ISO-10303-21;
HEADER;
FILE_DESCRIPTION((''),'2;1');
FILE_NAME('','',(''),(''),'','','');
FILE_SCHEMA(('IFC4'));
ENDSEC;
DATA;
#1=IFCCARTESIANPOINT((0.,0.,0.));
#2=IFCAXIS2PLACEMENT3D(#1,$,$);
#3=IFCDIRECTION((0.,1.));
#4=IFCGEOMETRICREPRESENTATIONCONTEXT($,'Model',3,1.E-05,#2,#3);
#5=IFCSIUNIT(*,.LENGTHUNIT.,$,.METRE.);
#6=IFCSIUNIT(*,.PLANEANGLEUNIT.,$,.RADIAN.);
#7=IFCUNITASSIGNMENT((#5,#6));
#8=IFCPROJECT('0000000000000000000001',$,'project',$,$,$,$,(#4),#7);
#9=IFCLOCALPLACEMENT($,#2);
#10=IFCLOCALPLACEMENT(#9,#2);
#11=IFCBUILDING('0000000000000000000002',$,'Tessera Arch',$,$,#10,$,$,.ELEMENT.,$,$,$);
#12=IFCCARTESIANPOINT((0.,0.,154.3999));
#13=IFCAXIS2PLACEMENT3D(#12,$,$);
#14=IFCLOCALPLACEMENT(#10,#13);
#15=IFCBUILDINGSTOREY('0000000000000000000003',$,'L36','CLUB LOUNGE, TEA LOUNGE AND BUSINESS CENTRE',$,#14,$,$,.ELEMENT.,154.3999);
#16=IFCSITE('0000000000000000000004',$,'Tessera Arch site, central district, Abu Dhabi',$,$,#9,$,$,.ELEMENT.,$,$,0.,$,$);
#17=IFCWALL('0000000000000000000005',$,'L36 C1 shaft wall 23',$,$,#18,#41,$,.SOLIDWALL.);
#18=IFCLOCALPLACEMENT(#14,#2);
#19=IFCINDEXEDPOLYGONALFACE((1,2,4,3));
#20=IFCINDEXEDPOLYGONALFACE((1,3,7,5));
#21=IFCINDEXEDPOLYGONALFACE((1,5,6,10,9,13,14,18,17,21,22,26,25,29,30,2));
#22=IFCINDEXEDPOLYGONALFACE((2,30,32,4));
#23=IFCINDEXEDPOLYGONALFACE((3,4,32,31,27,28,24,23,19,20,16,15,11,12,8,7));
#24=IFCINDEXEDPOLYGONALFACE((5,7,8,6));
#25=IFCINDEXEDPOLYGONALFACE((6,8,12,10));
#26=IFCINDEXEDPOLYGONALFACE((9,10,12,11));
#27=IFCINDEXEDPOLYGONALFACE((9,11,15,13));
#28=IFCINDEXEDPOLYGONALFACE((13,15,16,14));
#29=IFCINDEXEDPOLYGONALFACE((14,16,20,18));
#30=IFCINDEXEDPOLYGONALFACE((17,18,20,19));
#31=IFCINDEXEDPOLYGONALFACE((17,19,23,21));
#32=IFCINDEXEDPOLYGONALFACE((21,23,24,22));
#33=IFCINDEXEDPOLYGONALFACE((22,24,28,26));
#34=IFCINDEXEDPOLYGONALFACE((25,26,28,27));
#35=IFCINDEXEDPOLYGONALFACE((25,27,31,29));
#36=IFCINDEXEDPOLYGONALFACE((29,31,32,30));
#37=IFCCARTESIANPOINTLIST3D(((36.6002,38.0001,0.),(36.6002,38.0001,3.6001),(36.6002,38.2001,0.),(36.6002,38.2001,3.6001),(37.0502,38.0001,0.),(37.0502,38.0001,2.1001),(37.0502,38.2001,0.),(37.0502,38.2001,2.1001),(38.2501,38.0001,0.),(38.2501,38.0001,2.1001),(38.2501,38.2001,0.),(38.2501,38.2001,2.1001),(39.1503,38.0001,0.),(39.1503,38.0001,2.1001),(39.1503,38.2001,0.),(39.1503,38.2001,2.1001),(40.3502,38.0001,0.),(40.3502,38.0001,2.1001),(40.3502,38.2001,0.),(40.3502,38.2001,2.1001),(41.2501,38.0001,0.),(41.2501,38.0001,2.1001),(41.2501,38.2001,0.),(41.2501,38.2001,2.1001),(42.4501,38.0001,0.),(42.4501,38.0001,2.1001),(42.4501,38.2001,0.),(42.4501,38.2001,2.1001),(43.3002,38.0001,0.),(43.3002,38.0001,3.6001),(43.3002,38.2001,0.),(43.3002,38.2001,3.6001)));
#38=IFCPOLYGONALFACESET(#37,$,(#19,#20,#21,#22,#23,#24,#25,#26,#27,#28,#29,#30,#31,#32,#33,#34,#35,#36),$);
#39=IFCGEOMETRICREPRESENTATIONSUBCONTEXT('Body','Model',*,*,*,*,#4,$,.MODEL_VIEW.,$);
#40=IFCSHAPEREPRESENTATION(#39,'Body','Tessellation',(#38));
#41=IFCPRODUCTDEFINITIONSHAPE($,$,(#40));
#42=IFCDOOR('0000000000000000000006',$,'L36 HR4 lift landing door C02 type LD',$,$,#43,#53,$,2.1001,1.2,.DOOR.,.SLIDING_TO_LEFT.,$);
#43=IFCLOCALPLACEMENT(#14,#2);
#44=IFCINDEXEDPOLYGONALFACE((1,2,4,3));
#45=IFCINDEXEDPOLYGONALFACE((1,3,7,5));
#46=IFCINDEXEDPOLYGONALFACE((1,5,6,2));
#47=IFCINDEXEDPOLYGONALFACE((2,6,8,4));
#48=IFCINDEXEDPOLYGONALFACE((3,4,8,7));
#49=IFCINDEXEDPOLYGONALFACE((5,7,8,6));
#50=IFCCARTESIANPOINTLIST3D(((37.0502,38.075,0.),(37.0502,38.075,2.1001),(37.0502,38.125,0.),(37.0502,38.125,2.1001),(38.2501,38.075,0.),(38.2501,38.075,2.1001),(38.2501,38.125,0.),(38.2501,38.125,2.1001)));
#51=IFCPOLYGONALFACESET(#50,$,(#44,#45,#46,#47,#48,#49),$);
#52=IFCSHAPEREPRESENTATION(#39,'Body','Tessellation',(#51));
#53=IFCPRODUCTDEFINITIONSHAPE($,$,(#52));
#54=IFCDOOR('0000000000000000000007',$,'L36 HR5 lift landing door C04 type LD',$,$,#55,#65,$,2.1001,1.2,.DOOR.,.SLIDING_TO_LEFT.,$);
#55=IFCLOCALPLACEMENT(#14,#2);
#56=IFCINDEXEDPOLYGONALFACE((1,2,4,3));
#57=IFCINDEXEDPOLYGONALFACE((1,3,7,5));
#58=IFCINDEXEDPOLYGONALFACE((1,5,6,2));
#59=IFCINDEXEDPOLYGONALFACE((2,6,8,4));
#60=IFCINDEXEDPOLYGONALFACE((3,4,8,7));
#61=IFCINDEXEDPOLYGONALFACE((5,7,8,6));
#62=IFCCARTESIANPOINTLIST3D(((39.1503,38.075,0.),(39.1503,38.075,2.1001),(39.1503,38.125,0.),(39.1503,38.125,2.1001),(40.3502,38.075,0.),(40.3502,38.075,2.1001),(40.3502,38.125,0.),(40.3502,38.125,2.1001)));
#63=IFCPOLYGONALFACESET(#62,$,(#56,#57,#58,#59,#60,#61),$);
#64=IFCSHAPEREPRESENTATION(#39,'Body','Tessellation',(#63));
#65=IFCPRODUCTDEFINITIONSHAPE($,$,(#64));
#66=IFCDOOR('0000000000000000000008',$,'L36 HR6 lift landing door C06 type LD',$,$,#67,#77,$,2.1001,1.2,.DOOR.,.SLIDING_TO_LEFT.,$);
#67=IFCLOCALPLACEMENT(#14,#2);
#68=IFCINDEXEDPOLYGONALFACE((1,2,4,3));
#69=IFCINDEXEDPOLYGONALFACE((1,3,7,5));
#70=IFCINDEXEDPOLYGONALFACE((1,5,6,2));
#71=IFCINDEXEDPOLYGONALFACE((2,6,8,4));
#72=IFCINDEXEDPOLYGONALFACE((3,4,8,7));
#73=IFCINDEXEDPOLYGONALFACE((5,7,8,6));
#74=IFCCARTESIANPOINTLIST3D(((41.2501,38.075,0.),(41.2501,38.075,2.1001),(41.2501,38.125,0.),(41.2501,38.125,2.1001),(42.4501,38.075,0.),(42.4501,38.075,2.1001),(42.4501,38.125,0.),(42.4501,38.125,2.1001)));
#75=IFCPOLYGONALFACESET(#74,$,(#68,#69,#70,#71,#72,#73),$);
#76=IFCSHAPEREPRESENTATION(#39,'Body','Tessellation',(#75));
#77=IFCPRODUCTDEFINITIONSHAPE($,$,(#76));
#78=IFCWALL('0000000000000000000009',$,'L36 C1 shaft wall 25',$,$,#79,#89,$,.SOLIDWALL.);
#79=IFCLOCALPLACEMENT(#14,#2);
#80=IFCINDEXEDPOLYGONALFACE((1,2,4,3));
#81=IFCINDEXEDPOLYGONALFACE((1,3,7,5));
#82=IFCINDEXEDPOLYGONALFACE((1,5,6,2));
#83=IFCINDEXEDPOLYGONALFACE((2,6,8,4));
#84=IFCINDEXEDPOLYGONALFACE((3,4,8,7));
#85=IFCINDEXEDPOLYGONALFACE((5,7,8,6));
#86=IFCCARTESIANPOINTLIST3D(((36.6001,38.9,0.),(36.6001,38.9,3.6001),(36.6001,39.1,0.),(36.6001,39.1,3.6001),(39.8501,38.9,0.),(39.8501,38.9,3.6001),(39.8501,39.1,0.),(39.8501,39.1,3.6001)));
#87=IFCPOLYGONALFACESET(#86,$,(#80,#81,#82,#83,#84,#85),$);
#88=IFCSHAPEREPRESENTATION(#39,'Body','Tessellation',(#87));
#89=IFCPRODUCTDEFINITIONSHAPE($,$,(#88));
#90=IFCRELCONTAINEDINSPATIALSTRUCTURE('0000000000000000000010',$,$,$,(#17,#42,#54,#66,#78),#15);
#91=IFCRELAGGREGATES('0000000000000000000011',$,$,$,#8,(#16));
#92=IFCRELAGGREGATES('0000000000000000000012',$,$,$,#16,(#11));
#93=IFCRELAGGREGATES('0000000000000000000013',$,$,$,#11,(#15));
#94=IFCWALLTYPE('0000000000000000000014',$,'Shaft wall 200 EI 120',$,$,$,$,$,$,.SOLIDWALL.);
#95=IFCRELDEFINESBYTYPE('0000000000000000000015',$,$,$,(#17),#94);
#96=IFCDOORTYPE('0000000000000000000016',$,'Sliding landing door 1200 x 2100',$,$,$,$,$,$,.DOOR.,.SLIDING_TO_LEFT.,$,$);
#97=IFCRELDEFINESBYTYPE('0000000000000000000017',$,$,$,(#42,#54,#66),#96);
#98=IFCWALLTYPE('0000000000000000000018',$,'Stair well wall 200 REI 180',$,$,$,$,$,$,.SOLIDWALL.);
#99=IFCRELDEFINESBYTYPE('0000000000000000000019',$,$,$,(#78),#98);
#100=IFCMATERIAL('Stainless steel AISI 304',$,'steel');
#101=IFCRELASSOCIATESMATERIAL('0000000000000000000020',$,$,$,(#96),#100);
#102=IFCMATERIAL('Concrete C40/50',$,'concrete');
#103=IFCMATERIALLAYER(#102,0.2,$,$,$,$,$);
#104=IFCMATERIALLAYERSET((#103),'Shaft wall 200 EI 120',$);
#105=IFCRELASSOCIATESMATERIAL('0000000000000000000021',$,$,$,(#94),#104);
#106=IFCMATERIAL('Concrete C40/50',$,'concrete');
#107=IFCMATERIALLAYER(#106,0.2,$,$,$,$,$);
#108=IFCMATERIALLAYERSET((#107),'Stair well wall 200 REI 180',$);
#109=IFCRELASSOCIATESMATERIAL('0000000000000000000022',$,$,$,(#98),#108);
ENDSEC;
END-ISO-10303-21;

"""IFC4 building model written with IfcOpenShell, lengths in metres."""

from ifc_helpers import new_model, si_unit, direction, frame, frame_2d, origin, place, context, subcontext, project, spatial, rectangle, extrude, material, layer, layer_set, type_object, element, fill, save


model = new_model("IFC4")

# Units and contexts
model_context = context("Model", 3, precision=1e-05, world=origin(), true_north=direction((0.0, 1.0)))
body_context = subcontext(model_context, "Body", "Model", "MODEL_VIEW")
ifc_project = project(units=[si_unit("LENGTHUNIT", "METRE"), si_unit("PLANEANGLEUNIT", "RADIAN")], contexts=[model_context])

# Site, building, storey
site_placement = place(None, origin())
site = spatial("IfcSite", under=ifc_project, at=site_placement, Name="Tessera Arch site, central district, Abu Dhabi", CompositionType="ELEMENT", RefElevation=0.0)
building_placement = place(site_placement, origin())
building = spatial("IfcBuilding", under=site, at=building_placement, Name="Tessera Arch", CompositionType="ELEMENT")
storey_placement = place(building_placement, frame((0.0, 0.0, 154.3999)))
storey = spatial("IfcBuildingStorey", under=building, at=storey_placement, Name="L36", Description="CLUB LOUNGE, TEA LOUNGE AND BUSINESS CENTRE", CompositionType="ELEMENT", Elevation=154.3999)

# Shared definitions
ifc_material_1 = material(Name="Stainless steel AISI 304", Category="steel")
door_type_1 = type_object("IfcDoorType", Name="Sliding landing door 1200 x 2100", OperationType="SLIDING_TO_LEFT", PredefinedType="DOOR", material=ifc_material_1)

# Shared definitions
ifc_material_2 = material(Name="Concrete C40/50", Category="concrete")
ifc_layer_1 = layer(ifc_material_2, 0.2)
ifc_layer_set_1 = layer_set([ifc_layer_1], Name="Shaft wall 200 EI 120")
wall_type_1 = type_object("IfcWallType", Name="Shaft wall 200 EI 120", PredefinedType="SOLIDWALL", material=ifc_layer_set_1)

# Wall, openings, doors
wall_1_placement = place(storey_placement, frame((36.6001, 38.1001, 0.0), z_axis=(0.0, 0.0, 1.0), x_axis=(1.0, 0.0, 0.0)))
wall_1 = element("IfcWall", 1, at=wall_1_placement, inside=storey, type_object=wall_type_1, Name="L36 C1 shaft wall 23", PredefinedType="SOLIDWALL", context=body_context, shape_type="SweptSolid", body=[
    extrude(rectangle(XDim=6.7, YDim=0.2, at=frame_2d((3.3501, 0.0))), origin(), (0.0, 0.0, 1.0), 3.6001),
])
opening_1_placement = place(wall_1_placement, frame((0.45, 0.0, 0.0)))
opening_1 = element("IfcOpeningElement", 2, at=opening_1_placement, cuts=wall_1, PredefinedType="OPENING", context=body_context, shape_type="SweptSolid", body=[
    extrude(rectangle(XDim=1.2, YDim=2.1001, at=frame_2d((0.6001, 1.05))), frame((0.0, 0.1099, 0.0), z_axis=(0.0, -1.0, 0.0), x_axis=(1.0, 0.0, 0.0)), (0.0, 0.0, 1.0), 0.22),
])
opening_2_placement = place(wall_1_placement, frame((2.55, 0.0, 0.0)))
opening_2 = element("IfcOpeningElement", 3, at=opening_2_placement, cuts=wall_1, PredefinedType="OPENING", context=body_context, shape_type="SweptSolid", body=[
    extrude(rectangle(XDim=1.2, YDim=2.1001, at=frame_2d((0.6001, 1.05))), frame((0.0, 0.1099, 0.0), z_axis=(0.0, -1.0, 0.0), x_axis=(1.0, 0.0, 0.0)), (0.0, 0.0, 1.0), 0.22),
])
opening_3_placement = place(wall_1_placement, frame((4.6499, 0.0, 0.0)))
opening_3 = element("IfcOpeningElement", 4, at=opening_3_placement, cuts=wall_1, PredefinedType="OPENING", context=body_context, shape_type="SweptSolid", body=[
    extrude(rectangle(XDim=1.2, YDim=2.1001, at=frame_2d((0.6001, 1.05))), frame((0.0, 0.1099, 0.0), z_axis=(0.0, -1.0, 0.0), x_axis=(1.0, 0.0, 0.0)), (0.0, 0.0, 1.0), 0.22),
])
door_1_placement = place(opening_1_placement, origin())
door_1 = element("IfcDoor", 5, at=door_1_placement, inside=storey, type_object=door_type_1, Name="L36 HR4 lift landing door C02 type LD", OperationType="SLIDING_TO_LEFT", OverallHeight=2.1001, OverallWidth=1.2, PredefinedType="DOOR", context=body_context, shape_type="SweptSolid", body=[
    extrude(rectangle(XDim=1.2, YDim=2.1001, at=frame_2d((0.6001, 1.05))), frame((0.0, 0.0249, 0.0), z_axis=(0.0, -1.0, 0.0), x_axis=(1.0, 0.0, 0.0)), (0.0, 0.0, 1.0), 0.05),
])
fill(opening_1, door_1)
door_2_placement = place(opening_2_placement, origin())
door_2 = element("IfcDoor", 6, at=door_2_placement, inside=storey, type_object=door_type_1, Name="L36 HR5 lift landing door C04 type LD", OperationType="SLIDING_TO_LEFT", OverallHeight=2.1001, OverallWidth=1.2, PredefinedType="DOOR", context=body_context, shape_type="SweptSolid", body=[
    extrude(rectangle(XDim=1.2, YDim=2.1001, at=frame_2d((0.6001, 1.05))), frame((0.0, 0.0249, 0.0), z_axis=(0.0, -1.0, 0.0), x_axis=(1.0, 0.0, 0.0)), (0.0, 0.0, 1.0), 0.05),
])
fill(opening_2, door_2)
door_3_placement = place(opening_3_placement, origin())
door_3 = element("IfcDoor", 7, at=door_3_placement, inside=storey, type_object=door_type_1, Name="L36 HR6 lift landing door C06 type LD", OperationType="SLIDING_TO_LEFT", OverallHeight=2.1001, OverallWidth=1.2, PredefinedType="DOOR", context=body_context, shape_type="SweptSolid", body=[
    extrude(rectangle(XDim=1.2, YDim=2.1001, at=frame_2d((0.6001, 1.05))), frame((0.0, 0.0249, 0.0), z_axis=(0.0, -1.0, 0.0), x_axis=(1.0, 0.0, 0.0)), (0.0, 0.0, 1.0), 0.05),
])
fill(opening_3, door_3)

# Wall
ifc_material_3 = material(Name="Concrete C40/50", Category="concrete")
ifc_layer_2 = layer(ifc_material_3, 0.2)
ifc_layer_set_2 = layer_set([ifc_layer_2], Name="Stair well wall 200 REI 180")
wall_type_2 = type_object("IfcWallType", Name="Stair well wall 200 REI 180", PredefinedType="SOLIDWALL", material=ifc_layer_set_2)
wall_2_placement = place(storey_placement, frame((36.6001, 39.0, 0.0), z_axis=(0.0, 0.0, 1.0), x_axis=(1.0, 0.0, 0.0)))
element("IfcWall", 8, at=wall_2_placement, inside=storey, type_object=wall_type_2, Name="L36 C1 shaft wall 25", PredefinedType="SOLIDWALL", context=body_context, shape_type="SweptSolid", body=[
    extrude(rectangle(XDim=3.25, YDim=0.2, at=frame_2d((1.625, 0.0))), origin(), (0.0, 0.0, 1.0), 3.6001),
])

save(model, "model.ifc")
